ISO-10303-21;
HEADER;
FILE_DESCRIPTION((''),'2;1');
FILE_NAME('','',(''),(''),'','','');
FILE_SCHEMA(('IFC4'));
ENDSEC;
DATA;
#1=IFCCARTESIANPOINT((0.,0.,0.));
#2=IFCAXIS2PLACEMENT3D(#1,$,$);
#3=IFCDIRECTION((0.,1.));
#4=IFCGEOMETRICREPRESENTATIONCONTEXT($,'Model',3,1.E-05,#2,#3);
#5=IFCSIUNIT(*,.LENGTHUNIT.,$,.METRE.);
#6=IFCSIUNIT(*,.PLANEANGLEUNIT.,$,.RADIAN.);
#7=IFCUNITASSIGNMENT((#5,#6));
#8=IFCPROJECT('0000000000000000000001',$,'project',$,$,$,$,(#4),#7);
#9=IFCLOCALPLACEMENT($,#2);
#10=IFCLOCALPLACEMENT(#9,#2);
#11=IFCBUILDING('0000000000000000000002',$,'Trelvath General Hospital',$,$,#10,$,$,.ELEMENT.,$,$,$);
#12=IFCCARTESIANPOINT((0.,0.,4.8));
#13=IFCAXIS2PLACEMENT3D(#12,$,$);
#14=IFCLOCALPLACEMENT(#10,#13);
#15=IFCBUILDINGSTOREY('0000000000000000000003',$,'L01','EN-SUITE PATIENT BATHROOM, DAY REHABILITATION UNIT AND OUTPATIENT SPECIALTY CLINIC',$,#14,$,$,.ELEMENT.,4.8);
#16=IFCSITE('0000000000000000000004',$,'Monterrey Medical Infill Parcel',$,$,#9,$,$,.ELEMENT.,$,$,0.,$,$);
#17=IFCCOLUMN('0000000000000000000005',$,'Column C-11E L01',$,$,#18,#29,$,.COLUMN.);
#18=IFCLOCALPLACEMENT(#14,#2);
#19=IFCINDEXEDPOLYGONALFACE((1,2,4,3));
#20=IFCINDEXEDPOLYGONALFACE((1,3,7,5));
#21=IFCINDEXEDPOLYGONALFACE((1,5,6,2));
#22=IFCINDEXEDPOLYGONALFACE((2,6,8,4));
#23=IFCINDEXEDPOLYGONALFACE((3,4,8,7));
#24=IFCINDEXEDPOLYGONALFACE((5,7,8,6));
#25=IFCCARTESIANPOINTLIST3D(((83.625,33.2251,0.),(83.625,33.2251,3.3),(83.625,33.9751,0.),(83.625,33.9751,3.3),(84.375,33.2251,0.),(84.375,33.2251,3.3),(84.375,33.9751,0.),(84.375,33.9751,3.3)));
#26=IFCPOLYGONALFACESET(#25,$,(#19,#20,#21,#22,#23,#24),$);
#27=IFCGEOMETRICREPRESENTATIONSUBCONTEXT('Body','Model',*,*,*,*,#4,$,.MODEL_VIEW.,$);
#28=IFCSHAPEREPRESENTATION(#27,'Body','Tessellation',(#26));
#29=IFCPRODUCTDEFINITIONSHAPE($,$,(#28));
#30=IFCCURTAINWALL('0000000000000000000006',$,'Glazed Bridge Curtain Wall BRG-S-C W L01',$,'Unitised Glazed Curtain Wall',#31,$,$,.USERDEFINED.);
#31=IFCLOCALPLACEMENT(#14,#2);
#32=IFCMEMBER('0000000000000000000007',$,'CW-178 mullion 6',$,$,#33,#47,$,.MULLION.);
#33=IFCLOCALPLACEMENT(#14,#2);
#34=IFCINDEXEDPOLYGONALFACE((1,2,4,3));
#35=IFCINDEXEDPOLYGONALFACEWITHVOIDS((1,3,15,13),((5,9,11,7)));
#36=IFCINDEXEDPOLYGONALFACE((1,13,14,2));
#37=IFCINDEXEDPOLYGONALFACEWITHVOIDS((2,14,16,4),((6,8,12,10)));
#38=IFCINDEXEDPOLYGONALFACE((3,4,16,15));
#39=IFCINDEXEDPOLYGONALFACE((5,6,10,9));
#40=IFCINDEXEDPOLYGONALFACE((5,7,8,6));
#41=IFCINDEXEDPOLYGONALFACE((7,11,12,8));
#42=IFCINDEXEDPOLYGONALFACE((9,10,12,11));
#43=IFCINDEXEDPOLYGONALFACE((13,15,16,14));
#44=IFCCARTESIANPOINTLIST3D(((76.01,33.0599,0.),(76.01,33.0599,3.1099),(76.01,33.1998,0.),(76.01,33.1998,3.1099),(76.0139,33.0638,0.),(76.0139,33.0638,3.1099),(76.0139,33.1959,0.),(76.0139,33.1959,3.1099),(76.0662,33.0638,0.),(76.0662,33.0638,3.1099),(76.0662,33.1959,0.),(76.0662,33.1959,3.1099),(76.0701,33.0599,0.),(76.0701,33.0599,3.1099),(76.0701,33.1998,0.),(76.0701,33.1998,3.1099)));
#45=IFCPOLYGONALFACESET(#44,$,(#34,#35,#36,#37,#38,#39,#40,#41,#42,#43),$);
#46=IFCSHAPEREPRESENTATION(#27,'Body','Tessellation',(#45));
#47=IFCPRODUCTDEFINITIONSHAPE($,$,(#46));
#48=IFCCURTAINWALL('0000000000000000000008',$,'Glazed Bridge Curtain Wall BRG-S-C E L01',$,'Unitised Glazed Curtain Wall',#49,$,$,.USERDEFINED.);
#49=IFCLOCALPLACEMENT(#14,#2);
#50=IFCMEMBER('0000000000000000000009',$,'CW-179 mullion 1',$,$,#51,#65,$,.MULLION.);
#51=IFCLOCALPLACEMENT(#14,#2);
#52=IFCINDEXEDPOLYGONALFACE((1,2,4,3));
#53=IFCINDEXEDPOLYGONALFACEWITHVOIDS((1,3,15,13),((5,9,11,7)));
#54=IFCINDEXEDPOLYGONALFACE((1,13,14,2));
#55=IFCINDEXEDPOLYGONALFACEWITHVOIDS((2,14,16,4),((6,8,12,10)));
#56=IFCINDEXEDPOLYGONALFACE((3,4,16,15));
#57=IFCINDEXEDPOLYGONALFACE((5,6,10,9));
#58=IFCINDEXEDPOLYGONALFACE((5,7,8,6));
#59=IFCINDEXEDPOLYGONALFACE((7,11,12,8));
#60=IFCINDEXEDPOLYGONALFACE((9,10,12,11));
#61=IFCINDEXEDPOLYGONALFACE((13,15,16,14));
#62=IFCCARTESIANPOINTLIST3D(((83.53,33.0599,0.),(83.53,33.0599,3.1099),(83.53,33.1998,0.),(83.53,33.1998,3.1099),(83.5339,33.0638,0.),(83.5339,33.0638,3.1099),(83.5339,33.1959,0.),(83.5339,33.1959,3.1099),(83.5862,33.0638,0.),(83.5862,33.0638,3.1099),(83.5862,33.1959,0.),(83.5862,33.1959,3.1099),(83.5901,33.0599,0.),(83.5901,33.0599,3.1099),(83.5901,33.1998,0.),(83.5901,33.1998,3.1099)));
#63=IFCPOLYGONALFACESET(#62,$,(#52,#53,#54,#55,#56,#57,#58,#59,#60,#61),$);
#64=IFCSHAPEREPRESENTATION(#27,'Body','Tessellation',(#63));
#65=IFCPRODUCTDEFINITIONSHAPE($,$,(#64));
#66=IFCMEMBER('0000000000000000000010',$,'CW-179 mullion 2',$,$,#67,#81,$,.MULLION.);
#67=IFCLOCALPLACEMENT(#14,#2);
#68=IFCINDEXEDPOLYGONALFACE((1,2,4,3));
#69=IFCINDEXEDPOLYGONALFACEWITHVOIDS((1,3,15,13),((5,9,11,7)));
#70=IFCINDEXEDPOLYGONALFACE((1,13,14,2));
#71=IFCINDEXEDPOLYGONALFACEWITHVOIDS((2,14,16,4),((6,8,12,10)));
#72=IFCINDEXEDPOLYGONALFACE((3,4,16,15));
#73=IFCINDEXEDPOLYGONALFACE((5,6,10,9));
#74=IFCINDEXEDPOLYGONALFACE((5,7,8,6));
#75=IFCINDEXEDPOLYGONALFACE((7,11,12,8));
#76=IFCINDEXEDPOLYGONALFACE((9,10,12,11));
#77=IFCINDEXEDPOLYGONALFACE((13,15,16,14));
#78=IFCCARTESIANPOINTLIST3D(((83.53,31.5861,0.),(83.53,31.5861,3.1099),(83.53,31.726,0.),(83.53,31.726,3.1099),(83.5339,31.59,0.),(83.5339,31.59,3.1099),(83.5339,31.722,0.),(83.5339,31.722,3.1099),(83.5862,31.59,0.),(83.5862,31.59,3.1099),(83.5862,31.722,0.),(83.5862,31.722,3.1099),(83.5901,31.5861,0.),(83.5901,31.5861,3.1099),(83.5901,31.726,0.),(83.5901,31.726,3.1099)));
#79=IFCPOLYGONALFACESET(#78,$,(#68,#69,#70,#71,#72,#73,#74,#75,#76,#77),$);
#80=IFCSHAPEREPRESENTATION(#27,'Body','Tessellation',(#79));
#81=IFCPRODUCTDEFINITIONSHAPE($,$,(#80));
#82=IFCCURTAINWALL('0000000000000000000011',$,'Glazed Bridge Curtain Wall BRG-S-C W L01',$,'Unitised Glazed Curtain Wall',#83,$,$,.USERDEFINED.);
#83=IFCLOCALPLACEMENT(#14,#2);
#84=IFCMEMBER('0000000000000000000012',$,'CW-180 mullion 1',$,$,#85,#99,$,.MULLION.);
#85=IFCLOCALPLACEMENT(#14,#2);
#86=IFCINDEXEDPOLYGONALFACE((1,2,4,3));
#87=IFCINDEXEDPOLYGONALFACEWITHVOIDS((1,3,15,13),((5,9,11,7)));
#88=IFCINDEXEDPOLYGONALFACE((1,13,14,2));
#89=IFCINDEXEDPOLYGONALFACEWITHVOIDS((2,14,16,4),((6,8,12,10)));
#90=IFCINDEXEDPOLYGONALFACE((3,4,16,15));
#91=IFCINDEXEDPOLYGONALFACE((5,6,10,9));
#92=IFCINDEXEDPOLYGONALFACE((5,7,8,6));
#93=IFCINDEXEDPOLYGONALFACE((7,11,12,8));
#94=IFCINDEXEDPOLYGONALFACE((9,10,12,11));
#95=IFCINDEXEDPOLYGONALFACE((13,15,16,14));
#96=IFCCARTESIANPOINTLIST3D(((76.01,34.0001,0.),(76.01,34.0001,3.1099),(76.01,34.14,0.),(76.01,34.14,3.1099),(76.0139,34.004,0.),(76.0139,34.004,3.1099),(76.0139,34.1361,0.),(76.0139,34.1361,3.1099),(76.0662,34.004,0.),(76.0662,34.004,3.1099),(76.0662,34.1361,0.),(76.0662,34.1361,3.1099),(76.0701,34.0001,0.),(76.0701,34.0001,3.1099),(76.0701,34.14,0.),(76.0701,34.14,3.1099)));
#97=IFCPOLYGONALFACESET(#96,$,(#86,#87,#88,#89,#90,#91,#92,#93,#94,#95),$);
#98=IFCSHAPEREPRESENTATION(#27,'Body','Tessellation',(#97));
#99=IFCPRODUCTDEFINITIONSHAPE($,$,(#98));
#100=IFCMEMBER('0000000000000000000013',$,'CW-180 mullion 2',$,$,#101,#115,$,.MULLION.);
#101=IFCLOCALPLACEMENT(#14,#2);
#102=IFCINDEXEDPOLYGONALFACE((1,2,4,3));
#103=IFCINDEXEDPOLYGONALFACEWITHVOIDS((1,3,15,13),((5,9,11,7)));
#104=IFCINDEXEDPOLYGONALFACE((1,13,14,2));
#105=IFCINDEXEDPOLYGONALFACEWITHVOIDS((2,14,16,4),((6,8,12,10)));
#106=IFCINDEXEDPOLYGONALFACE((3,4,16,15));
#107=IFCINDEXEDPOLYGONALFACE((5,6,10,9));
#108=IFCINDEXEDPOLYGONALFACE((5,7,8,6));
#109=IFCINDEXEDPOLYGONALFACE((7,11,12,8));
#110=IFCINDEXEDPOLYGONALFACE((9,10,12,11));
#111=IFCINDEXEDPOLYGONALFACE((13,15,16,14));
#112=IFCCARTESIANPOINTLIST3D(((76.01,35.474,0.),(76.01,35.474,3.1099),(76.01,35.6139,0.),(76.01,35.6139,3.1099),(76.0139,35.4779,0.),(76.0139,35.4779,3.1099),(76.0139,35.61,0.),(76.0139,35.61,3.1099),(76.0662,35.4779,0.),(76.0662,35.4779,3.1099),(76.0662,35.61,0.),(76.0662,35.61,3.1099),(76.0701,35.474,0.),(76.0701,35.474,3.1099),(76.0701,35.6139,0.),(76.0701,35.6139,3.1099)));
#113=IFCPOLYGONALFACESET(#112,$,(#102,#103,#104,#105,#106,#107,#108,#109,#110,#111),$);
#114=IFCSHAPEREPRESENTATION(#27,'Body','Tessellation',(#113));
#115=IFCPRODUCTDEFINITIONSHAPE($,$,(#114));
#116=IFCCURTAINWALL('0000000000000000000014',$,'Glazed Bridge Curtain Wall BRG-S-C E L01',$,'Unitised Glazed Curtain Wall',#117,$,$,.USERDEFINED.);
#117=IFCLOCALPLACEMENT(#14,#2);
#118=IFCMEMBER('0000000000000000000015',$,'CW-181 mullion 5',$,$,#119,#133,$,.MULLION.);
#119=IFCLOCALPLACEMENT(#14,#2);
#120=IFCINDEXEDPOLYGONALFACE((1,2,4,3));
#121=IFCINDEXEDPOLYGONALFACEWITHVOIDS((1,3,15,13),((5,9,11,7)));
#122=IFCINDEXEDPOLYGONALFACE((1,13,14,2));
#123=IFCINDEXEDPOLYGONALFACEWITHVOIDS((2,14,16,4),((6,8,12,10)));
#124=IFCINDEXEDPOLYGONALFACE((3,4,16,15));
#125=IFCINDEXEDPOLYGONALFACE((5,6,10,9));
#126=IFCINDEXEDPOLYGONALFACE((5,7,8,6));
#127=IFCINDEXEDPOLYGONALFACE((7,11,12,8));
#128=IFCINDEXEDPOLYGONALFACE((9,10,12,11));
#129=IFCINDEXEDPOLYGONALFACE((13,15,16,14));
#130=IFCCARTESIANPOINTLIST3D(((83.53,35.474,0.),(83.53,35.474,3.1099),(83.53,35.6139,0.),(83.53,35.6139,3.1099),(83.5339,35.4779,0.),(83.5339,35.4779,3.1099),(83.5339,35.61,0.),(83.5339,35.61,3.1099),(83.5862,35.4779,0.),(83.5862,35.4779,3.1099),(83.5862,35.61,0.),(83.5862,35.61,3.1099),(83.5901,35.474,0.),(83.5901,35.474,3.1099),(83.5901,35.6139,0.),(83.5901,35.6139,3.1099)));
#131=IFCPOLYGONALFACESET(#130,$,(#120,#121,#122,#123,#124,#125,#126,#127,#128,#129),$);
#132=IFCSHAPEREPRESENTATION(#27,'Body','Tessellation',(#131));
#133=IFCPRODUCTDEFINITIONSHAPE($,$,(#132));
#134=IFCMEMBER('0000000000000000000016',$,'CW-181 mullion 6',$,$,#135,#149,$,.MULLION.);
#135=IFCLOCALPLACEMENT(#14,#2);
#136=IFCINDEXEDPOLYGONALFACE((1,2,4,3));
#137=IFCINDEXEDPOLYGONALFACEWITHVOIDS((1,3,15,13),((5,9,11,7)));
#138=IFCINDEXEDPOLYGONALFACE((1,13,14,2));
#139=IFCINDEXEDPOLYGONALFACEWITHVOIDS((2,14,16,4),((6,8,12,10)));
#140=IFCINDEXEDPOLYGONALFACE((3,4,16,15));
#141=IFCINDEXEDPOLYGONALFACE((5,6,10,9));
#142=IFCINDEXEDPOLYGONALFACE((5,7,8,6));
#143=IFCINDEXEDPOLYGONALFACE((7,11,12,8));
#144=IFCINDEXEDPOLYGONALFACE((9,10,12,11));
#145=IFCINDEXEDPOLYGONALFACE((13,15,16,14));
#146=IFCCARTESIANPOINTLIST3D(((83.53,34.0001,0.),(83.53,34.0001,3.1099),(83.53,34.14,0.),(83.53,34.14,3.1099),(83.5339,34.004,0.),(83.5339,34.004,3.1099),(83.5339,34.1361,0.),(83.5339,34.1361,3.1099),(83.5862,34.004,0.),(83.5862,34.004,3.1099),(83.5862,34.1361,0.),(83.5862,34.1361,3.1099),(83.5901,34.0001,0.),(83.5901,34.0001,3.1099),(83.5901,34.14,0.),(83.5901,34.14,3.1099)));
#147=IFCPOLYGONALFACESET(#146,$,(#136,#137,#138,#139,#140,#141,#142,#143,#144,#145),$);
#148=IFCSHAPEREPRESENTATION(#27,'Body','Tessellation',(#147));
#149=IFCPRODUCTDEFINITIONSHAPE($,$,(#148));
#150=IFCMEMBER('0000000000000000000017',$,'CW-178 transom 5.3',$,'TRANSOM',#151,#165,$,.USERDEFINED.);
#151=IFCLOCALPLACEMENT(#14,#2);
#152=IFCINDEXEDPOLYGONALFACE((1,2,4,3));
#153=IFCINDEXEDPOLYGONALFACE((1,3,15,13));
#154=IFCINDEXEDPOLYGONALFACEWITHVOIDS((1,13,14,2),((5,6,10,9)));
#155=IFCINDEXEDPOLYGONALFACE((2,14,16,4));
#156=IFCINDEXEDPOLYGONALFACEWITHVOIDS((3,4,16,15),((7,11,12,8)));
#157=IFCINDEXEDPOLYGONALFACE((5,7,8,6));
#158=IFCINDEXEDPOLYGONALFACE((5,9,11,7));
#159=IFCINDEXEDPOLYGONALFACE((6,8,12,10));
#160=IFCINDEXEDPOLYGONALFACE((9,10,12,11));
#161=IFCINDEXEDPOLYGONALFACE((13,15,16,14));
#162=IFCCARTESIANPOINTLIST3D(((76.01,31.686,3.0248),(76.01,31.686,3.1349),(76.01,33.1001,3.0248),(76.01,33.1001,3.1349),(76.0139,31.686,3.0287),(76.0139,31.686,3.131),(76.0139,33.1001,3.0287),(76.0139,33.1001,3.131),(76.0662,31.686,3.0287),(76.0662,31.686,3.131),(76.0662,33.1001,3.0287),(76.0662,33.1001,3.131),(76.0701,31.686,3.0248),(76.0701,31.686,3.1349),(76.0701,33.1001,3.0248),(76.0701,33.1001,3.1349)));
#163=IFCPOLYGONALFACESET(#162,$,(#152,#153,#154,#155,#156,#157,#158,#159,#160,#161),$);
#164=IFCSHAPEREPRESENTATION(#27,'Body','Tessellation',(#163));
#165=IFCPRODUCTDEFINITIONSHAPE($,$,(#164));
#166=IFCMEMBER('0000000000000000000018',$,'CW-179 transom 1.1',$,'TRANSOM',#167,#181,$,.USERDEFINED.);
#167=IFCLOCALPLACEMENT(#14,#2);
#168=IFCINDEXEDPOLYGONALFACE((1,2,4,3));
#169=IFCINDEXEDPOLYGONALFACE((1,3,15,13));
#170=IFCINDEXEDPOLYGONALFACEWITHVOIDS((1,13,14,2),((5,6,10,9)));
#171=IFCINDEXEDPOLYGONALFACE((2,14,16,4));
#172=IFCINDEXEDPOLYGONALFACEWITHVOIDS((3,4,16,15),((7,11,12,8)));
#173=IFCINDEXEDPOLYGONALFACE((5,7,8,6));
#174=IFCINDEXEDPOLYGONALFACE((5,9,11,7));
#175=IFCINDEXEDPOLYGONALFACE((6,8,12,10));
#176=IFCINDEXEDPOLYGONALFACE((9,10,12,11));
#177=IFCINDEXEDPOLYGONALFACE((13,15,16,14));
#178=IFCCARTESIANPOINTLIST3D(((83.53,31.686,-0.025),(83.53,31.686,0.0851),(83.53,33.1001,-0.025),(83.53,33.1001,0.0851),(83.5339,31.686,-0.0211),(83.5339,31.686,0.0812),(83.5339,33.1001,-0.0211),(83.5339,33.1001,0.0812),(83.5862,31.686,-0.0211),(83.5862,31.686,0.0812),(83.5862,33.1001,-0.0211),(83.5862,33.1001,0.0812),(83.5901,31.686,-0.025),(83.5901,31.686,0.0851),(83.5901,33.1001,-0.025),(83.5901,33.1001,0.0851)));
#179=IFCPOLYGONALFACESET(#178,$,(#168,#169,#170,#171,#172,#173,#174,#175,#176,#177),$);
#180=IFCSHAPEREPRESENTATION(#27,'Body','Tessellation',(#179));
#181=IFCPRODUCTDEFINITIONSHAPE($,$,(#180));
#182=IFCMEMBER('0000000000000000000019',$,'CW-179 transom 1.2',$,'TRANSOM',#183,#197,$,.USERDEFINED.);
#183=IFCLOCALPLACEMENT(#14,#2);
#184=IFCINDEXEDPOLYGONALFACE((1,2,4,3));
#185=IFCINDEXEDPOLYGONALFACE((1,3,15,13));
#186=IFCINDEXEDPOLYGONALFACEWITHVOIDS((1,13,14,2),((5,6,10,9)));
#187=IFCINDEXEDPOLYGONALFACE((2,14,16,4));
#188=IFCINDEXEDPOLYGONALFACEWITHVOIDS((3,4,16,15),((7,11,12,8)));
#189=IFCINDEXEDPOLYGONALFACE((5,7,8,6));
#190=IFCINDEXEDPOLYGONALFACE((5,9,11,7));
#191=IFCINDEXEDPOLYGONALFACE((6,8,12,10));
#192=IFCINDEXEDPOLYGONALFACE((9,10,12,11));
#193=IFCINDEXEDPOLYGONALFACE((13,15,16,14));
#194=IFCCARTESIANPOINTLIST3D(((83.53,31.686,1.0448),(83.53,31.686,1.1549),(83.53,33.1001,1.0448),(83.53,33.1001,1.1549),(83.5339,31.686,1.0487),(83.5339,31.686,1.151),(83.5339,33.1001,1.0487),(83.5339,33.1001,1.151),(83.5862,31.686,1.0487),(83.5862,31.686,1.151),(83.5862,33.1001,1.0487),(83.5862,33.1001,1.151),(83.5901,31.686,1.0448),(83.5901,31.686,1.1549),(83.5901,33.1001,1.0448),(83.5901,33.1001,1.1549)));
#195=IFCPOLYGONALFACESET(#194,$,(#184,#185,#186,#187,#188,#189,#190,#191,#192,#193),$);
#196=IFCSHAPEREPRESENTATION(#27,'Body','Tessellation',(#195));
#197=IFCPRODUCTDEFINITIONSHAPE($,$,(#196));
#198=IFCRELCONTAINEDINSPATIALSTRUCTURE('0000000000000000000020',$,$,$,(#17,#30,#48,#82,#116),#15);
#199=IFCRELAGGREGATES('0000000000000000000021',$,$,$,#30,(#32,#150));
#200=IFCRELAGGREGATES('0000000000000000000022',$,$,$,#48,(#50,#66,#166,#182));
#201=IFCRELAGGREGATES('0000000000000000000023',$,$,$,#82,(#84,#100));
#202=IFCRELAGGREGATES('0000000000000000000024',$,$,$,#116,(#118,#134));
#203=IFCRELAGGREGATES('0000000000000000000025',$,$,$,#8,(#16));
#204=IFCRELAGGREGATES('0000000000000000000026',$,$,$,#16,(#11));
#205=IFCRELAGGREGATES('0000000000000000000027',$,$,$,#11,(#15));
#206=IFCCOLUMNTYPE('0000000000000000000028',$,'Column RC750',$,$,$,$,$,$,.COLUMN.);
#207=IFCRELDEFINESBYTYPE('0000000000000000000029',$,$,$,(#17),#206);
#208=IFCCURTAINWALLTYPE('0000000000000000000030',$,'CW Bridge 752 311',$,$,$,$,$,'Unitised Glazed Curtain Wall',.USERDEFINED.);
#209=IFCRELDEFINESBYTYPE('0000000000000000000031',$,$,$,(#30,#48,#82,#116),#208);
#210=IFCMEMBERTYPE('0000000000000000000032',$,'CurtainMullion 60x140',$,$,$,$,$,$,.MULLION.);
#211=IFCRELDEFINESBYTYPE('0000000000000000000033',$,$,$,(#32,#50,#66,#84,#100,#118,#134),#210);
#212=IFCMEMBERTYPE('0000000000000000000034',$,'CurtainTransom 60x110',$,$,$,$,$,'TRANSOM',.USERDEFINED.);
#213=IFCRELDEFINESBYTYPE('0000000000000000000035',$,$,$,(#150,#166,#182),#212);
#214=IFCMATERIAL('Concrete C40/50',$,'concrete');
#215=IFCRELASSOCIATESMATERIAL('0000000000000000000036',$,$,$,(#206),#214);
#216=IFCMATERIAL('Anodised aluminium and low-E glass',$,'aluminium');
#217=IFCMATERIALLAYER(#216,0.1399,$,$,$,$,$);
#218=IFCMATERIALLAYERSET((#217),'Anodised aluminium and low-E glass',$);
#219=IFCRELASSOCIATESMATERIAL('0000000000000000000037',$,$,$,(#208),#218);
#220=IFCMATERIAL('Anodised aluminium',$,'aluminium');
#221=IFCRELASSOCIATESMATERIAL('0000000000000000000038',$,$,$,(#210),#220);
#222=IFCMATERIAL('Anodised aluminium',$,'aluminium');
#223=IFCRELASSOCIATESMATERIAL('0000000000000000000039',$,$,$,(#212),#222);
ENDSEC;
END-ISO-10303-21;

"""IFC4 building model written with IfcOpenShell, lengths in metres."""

from ifc_helpers import new_model, si_unit, direction, frame, origin, origin_2d, place, context, subcontext, project, spatial, rectangle, hollow_rectangle, extrude, material, layer, layer_set, material_profile, profile_set, type_object, element, aggregate, save


model = new_model("IFC4")

# Units and contexts
model_context = context("Model", 3, precision=1e-05, world=origin(), true_north=direction((0.0, 1.0)))
body_context = subcontext(model_context, "Body", "Model", "MODEL_VIEW")
ifc_project = project(units=[si_unit("LENGTHUNIT", "METRE"), si_unit("PLANEANGLEUNIT", "RADIAN")], contexts=[model_context])

# Site, building, storey
site_placement = place(None, origin())
site = spatial("IfcSite", under=ifc_project, at=site_placement, Name="Monterrey Medical Infill Parcel", CompositionType="ELEMENT", RefElevation=0.0)
building_placement = place(site_placement, origin())
building = spatial("IfcBuilding", under=site, at=building_placement, Name="Trelvath General Hospital", CompositionType="ELEMENT")
storey_placement = place(building_placement, frame((0.0, 0.0, 4.8)))
storey = spatial("IfcBuildingStorey", under=building, at=storey_placement, Name="L01", Description="EN-SUITE PATIENT BATHROOM, DAY REHABILITATION UNIT AND OUTPATIENT SPECIALTY CLINIC", CompositionType="ELEMENT", Elevation=4.8)

# Column
ifc_material_1 = material(Name="Concrete C40/50", Category="concrete")
ifc_material_profile_1 = material_profile(ifc_material_1, rectangle(XDim=0.75, YDim=0.75, at=origin_2d()), Name="RC750x750")
ifc_profile_set_1 = profile_set([ifc_material_profile_1], Name="Concrete C40/50")
column_type = type_object("IfcColumnType", Name="Column RC750", PredefinedType="COLUMN", material=ifc_profile_set_1)
column_placement = place(storey_placement, frame((84.0, 33.6001, 0.0), z_axis=(0.0, 0.0, 1.0), x_axis=(1.0, 0.0, 0.0)))
element("IfcColumn", 1, at=column_placement, inside=storey, type_object=column_type, Name="Column C-11E L01", PredefinedType="COLUMN", context=body_context, shape_type="SweptSolid", body=[
    extrude(rectangle(XDim=0.75, YDim=0.75, at=origin_2d()), origin(), (0.0, 0.0, 1.0), 3.3),
])

# Curtain wall, member
ifc_material_2 = material(Name="Anodised aluminium and low-E glass", Category="aluminium")
ifc_layer_1 = layer(ifc_material_2, 0.1399)
ifc_layer_set_1 = layer_set([ifc_layer_1], Name="Anodised aluminium and low-E glass")
curtain_wall_type = type_object("IfcCurtainWallType", Name="CW Bridge 752 311", ElementType="Unitised Glazed Curtain Wall", PredefinedType="USERDEFINED", material=ifc_layer_set_1)
curtain_wall_1_placement = place(storey_placement, origin())
curtain_wall_1 = element("IfcCurtainWall", 2, at=curtain_wall_1_placement, inside=storey, type_object=curtain_wall_type, Name="Glazed Bridge Curtain Wall BRG-S-C W L01", ObjectType="Unitised Glazed Curtain Wall", PredefinedType="USERDEFINED")
ifc_material_3 = material(Name="Anodised aluminium", Category="aluminium")
ifc_material_profile_2 = material_profile(ifc_material_3, hollow_rectangle(XDim=0.0601, YDim=0.1399, WallThickness=0.0039, at=origin_2d()), Name="RHS60x140x4")
ifc_profile_set_2 = profile_set([ifc_material_profile_2], Name="Anodised aluminium")
member_type_1 = type_object("IfcMemberType", Name="CurtainMullion 60x140", PredefinedType="MULLION", material=ifc_profile_set_2)
member_1_placement = place(storey_placement, frame((76.04, 33.1299, 0.0), z_axis=(0.0, 0.0, 1.0), x_axis=(-1.0, 0.0, 0.0)))
member_1 = element("IfcMember", 3, at=member_1_placement, type_object=member_type_1, Name="CW-178 mullion 6", PredefinedType="MULLION", context=body_context, shape_type="SweptSolid", body=[
    extrude(hollow_rectangle(XDim=0.0601, YDim=0.1399, WallThickness=0.0039, at=origin_2d()), origin(), (0.0, 0.0, 1.0), 3.1099),
])

# Curtain walls, members
curtain_wall_2_placement = place(storey_placement, origin())
curtain_wall_2 = element("IfcCurtainWall", 4, at=curtain_wall_2_placement, inside=storey, type_object=curtain_wall_type, Name="Glazed Bridge Curtain Wall BRG-S-C E L01", ObjectType="Unitised Glazed Curtain Wall", PredefinedType="USERDEFINED")
member_2_placement = place(storey_placement, frame((83.5601, 33.1299, 0.0), z_axis=(0.0, 0.0, 1.0), x_axis=(1.0, 0.0, 0.0)))
member_2 = element("IfcMember", 5, at=member_2_placement, type_object=member_type_1, Name="CW-179 mullion 1", PredefinedType="MULLION", context=body_context, shape_type="SweptSolid", body=[
    extrude(hollow_rectangle(XDim=0.0601, YDim=0.1399, WallThickness=0.0039, at=origin_2d()), origin(), (0.0, 0.0, 1.0), 3.1099),
])
member_3_placement = place(storey_placement, frame((83.5601, 31.656, 0.0), z_axis=(0.0, 0.0, 1.0), x_axis=(1.0, 0.0, 0.0)))
member_3 = element("IfcMember", 6, at=member_3_placement, type_object=member_type_1, Name="CW-179 mullion 2", PredefinedType="MULLION", context=body_context, shape_type="SweptSolid", body=[
    extrude(hollow_rectangle(XDim=0.0601, YDim=0.1399, WallThickness=0.0039, at=origin_2d()), origin(), (0.0, 0.0, 1.0), 3.1099),
])
curtain_wall_3_placement = place(storey_placement, origin())
curtain_wall_3 = element("IfcCurtainWall", 7, at=curtain_wall_3_placement, inside=storey, type_object=curtain_wall_type, Name="Glazed Bridge Curtain Wall BRG-S-C W L01", ObjectType="Unitised Glazed Curtain Wall", PredefinedType="USERDEFINED")
member_4_placement = place(storey_placement, frame((76.04, 34.0701, 0.0), z_axis=(0.0, 0.0, 1.0), x_axis=(-1.0, 0.0, 0.0)))
member_4 = element("IfcMember", 8, at=member_4_placement, type_object=member_type_1, Name="CW-180 mullion 1", PredefinedType="MULLION", context=body_context, shape_type="SweptSolid", body=[
    extrude(hollow_rectangle(XDim=0.0601, YDim=0.1399, WallThickness=0.0039, at=origin_2d()), origin(), (0.0, 0.0, 1.0), 3.1099),
])
member_5_placement = place(storey_placement, frame((76.04, 35.5439, 0.0), z_axis=(0.0, 0.0, 1.0), x_axis=(-1.0, 0.0, 0.0)))
member_5 = element("IfcMember", 9, at=member_5_placement, type_object=member_type_1, Name="CW-180 mullion 2", PredefinedType="MULLION", context=body_context, shape_type="SweptSolid", body=[
    extrude(hollow_rectangle(XDim=0.0601, YDim=0.1399, WallThickness=0.0039, at=origin_2d()), origin(), (0.0, 0.0, 1.0), 3.1099),
])
curtain_wall_4_placement = place(storey_placement, origin())
curtain_wall_4 = element("IfcCurtainWall", 10, at=curtain_wall_4_placement, inside=storey, type_object=curtain_wall_type, Name="Glazed Bridge Curtain Wall BRG-S-C E L01", ObjectType="Unitised Glazed Curtain Wall", PredefinedType="USERDEFINED")
member_6_placement = place(storey_placement, frame((83.5601, 35.5439, 0.0), z_axis=(0.0, 0.0, 1.0), x_axis=(1.0, 0.0, 0.0)))
member_6 = element("IfcMember", 11, at=member_6_placement, type_object=member_type_1, Name="CW-181 mullion 5", PredefinedType="MULLION", context=body_context, shape_type="SweptSolid", body=[
    extrude(hollow_rectangle(XDim=0.0601, YDim=0.1399, WallThickness=0.0039, at=origin_2d()), origin(), (0.0, 0.0, 1.0), 3.1099),
])
member_7_placement = place(storey_placement, frame((83.5601, 34.0701, 0.0), z_axis=(0.0, 0.0, 1.0), x_axis=(1.0, 0.0, 0.0)))
member_7 = element("IfcMember", 12, at=member_7_placement, type_object=member_type_1, Name="CW-181 mullion 6", PredefinedType="MULLION", context=body_context, shape_type="SweptSolid", body=[
    extrude(hollow_rectangle(XDim=0.0601, YDim=0.1399, WallThickness=0.0039, at=origin_2d()), origin(), (0.0, 0.0, 1.0), 3.1099),
])

# Members
ifc_material_4 = material(Name="Anodised aluminium", Category="aluminium")
ifc_material_profile_3 = material_profile(ifc_material_4, hollow_rectangle(XDim=0.0601, YDim=0.1101, WallThickness=0.0039, at=origin_2d()), Name="RHS60x110x4")
ifc_profile_set_3 = profile_set([ifc_material_profile_3], Name="Anodised aluminium")
member_type_2 = type_object("IfcMemberType", Name="CurtainTransom 60x110", ElementType="TRANSOM", PredefinedType="USERDEFINED", material=ifc_profile_set_3)
member_8_placement = place(storey_placement, frame((76.04, 31.686, 3.0798), z_axis=(0.0, 1.0, 0.0), x_axis=(-1.0, 0.0, 0.0)))
member_8 = element("IfcMember", 13, at=member_8_placement, type_object=member_type_2, Name="CW-178 transom 5.3", ObjectType="TRANSOM", PredefinedType="USERDEFINED", context=body_context, shape_type="SweptSolid", body=[
    extrude(hollow_rectangle(XDim=0.0601, YDim=0.1101, WallThickness=0.0039, at=origin_2d()), origin(), (0.0, 0.0, 1.0), 1.4141),
])
member_9_placement = place(storey_placement, frame((83.5601, 33.1001, 0.03), z_axis=(0.0, -1.0, 0.0), x_axis=(1.0, 0.0, 0.0)))
member_9 = element("IfcMember", 14, at=member_9_placement, type_object=member_type_2, Name="CW-179 transom 1.1", ObjectType="TRANSOM", PredefinedType="USERDEFINED", context=body_context, shape_type="SweptSolid", body=[
    extrude(hollow_rectangle(XDim=0.0601, YDim=0.1101, WallThickness=0.0039, at=origin_2d()), origin(), (0.0, 0.0, 1.0), 1.4141),
])
member_10_placement = place(storey_placement, frame((83.5601, 33.1001, 1.0999), z_axis=(0.0, -1.0, 0.0), x_axis=(1.0, 0.0, 0.0)))
member_10 = element("IfcMember", 15, at=member_10_placement, type_object=member_type_2, Name="CW-179 transom 1.2", ObjectType="TRANSOM", PredefinedType="USERDEFINED", context=body_context, shape_type="SweptSolid", body=[
    extrude(hollow_rectangle(XDim=0.0601, YDim=0.1101, WallThickness=0.0039, at=origin_2d()), origin(), (0.0, 0.0, 1.0), 1.4141),
])

aggregate(curtain_wall_1, [member_1, member_8])
aggregate(curtain_wall_2, [member_2, member_3, member_9, member_10])
aggregate(curtain_wall_3, [member_4, member_5])
aggregate(curtain_wall_4, [member_6, member_7])

save(model, "model.ifc")
